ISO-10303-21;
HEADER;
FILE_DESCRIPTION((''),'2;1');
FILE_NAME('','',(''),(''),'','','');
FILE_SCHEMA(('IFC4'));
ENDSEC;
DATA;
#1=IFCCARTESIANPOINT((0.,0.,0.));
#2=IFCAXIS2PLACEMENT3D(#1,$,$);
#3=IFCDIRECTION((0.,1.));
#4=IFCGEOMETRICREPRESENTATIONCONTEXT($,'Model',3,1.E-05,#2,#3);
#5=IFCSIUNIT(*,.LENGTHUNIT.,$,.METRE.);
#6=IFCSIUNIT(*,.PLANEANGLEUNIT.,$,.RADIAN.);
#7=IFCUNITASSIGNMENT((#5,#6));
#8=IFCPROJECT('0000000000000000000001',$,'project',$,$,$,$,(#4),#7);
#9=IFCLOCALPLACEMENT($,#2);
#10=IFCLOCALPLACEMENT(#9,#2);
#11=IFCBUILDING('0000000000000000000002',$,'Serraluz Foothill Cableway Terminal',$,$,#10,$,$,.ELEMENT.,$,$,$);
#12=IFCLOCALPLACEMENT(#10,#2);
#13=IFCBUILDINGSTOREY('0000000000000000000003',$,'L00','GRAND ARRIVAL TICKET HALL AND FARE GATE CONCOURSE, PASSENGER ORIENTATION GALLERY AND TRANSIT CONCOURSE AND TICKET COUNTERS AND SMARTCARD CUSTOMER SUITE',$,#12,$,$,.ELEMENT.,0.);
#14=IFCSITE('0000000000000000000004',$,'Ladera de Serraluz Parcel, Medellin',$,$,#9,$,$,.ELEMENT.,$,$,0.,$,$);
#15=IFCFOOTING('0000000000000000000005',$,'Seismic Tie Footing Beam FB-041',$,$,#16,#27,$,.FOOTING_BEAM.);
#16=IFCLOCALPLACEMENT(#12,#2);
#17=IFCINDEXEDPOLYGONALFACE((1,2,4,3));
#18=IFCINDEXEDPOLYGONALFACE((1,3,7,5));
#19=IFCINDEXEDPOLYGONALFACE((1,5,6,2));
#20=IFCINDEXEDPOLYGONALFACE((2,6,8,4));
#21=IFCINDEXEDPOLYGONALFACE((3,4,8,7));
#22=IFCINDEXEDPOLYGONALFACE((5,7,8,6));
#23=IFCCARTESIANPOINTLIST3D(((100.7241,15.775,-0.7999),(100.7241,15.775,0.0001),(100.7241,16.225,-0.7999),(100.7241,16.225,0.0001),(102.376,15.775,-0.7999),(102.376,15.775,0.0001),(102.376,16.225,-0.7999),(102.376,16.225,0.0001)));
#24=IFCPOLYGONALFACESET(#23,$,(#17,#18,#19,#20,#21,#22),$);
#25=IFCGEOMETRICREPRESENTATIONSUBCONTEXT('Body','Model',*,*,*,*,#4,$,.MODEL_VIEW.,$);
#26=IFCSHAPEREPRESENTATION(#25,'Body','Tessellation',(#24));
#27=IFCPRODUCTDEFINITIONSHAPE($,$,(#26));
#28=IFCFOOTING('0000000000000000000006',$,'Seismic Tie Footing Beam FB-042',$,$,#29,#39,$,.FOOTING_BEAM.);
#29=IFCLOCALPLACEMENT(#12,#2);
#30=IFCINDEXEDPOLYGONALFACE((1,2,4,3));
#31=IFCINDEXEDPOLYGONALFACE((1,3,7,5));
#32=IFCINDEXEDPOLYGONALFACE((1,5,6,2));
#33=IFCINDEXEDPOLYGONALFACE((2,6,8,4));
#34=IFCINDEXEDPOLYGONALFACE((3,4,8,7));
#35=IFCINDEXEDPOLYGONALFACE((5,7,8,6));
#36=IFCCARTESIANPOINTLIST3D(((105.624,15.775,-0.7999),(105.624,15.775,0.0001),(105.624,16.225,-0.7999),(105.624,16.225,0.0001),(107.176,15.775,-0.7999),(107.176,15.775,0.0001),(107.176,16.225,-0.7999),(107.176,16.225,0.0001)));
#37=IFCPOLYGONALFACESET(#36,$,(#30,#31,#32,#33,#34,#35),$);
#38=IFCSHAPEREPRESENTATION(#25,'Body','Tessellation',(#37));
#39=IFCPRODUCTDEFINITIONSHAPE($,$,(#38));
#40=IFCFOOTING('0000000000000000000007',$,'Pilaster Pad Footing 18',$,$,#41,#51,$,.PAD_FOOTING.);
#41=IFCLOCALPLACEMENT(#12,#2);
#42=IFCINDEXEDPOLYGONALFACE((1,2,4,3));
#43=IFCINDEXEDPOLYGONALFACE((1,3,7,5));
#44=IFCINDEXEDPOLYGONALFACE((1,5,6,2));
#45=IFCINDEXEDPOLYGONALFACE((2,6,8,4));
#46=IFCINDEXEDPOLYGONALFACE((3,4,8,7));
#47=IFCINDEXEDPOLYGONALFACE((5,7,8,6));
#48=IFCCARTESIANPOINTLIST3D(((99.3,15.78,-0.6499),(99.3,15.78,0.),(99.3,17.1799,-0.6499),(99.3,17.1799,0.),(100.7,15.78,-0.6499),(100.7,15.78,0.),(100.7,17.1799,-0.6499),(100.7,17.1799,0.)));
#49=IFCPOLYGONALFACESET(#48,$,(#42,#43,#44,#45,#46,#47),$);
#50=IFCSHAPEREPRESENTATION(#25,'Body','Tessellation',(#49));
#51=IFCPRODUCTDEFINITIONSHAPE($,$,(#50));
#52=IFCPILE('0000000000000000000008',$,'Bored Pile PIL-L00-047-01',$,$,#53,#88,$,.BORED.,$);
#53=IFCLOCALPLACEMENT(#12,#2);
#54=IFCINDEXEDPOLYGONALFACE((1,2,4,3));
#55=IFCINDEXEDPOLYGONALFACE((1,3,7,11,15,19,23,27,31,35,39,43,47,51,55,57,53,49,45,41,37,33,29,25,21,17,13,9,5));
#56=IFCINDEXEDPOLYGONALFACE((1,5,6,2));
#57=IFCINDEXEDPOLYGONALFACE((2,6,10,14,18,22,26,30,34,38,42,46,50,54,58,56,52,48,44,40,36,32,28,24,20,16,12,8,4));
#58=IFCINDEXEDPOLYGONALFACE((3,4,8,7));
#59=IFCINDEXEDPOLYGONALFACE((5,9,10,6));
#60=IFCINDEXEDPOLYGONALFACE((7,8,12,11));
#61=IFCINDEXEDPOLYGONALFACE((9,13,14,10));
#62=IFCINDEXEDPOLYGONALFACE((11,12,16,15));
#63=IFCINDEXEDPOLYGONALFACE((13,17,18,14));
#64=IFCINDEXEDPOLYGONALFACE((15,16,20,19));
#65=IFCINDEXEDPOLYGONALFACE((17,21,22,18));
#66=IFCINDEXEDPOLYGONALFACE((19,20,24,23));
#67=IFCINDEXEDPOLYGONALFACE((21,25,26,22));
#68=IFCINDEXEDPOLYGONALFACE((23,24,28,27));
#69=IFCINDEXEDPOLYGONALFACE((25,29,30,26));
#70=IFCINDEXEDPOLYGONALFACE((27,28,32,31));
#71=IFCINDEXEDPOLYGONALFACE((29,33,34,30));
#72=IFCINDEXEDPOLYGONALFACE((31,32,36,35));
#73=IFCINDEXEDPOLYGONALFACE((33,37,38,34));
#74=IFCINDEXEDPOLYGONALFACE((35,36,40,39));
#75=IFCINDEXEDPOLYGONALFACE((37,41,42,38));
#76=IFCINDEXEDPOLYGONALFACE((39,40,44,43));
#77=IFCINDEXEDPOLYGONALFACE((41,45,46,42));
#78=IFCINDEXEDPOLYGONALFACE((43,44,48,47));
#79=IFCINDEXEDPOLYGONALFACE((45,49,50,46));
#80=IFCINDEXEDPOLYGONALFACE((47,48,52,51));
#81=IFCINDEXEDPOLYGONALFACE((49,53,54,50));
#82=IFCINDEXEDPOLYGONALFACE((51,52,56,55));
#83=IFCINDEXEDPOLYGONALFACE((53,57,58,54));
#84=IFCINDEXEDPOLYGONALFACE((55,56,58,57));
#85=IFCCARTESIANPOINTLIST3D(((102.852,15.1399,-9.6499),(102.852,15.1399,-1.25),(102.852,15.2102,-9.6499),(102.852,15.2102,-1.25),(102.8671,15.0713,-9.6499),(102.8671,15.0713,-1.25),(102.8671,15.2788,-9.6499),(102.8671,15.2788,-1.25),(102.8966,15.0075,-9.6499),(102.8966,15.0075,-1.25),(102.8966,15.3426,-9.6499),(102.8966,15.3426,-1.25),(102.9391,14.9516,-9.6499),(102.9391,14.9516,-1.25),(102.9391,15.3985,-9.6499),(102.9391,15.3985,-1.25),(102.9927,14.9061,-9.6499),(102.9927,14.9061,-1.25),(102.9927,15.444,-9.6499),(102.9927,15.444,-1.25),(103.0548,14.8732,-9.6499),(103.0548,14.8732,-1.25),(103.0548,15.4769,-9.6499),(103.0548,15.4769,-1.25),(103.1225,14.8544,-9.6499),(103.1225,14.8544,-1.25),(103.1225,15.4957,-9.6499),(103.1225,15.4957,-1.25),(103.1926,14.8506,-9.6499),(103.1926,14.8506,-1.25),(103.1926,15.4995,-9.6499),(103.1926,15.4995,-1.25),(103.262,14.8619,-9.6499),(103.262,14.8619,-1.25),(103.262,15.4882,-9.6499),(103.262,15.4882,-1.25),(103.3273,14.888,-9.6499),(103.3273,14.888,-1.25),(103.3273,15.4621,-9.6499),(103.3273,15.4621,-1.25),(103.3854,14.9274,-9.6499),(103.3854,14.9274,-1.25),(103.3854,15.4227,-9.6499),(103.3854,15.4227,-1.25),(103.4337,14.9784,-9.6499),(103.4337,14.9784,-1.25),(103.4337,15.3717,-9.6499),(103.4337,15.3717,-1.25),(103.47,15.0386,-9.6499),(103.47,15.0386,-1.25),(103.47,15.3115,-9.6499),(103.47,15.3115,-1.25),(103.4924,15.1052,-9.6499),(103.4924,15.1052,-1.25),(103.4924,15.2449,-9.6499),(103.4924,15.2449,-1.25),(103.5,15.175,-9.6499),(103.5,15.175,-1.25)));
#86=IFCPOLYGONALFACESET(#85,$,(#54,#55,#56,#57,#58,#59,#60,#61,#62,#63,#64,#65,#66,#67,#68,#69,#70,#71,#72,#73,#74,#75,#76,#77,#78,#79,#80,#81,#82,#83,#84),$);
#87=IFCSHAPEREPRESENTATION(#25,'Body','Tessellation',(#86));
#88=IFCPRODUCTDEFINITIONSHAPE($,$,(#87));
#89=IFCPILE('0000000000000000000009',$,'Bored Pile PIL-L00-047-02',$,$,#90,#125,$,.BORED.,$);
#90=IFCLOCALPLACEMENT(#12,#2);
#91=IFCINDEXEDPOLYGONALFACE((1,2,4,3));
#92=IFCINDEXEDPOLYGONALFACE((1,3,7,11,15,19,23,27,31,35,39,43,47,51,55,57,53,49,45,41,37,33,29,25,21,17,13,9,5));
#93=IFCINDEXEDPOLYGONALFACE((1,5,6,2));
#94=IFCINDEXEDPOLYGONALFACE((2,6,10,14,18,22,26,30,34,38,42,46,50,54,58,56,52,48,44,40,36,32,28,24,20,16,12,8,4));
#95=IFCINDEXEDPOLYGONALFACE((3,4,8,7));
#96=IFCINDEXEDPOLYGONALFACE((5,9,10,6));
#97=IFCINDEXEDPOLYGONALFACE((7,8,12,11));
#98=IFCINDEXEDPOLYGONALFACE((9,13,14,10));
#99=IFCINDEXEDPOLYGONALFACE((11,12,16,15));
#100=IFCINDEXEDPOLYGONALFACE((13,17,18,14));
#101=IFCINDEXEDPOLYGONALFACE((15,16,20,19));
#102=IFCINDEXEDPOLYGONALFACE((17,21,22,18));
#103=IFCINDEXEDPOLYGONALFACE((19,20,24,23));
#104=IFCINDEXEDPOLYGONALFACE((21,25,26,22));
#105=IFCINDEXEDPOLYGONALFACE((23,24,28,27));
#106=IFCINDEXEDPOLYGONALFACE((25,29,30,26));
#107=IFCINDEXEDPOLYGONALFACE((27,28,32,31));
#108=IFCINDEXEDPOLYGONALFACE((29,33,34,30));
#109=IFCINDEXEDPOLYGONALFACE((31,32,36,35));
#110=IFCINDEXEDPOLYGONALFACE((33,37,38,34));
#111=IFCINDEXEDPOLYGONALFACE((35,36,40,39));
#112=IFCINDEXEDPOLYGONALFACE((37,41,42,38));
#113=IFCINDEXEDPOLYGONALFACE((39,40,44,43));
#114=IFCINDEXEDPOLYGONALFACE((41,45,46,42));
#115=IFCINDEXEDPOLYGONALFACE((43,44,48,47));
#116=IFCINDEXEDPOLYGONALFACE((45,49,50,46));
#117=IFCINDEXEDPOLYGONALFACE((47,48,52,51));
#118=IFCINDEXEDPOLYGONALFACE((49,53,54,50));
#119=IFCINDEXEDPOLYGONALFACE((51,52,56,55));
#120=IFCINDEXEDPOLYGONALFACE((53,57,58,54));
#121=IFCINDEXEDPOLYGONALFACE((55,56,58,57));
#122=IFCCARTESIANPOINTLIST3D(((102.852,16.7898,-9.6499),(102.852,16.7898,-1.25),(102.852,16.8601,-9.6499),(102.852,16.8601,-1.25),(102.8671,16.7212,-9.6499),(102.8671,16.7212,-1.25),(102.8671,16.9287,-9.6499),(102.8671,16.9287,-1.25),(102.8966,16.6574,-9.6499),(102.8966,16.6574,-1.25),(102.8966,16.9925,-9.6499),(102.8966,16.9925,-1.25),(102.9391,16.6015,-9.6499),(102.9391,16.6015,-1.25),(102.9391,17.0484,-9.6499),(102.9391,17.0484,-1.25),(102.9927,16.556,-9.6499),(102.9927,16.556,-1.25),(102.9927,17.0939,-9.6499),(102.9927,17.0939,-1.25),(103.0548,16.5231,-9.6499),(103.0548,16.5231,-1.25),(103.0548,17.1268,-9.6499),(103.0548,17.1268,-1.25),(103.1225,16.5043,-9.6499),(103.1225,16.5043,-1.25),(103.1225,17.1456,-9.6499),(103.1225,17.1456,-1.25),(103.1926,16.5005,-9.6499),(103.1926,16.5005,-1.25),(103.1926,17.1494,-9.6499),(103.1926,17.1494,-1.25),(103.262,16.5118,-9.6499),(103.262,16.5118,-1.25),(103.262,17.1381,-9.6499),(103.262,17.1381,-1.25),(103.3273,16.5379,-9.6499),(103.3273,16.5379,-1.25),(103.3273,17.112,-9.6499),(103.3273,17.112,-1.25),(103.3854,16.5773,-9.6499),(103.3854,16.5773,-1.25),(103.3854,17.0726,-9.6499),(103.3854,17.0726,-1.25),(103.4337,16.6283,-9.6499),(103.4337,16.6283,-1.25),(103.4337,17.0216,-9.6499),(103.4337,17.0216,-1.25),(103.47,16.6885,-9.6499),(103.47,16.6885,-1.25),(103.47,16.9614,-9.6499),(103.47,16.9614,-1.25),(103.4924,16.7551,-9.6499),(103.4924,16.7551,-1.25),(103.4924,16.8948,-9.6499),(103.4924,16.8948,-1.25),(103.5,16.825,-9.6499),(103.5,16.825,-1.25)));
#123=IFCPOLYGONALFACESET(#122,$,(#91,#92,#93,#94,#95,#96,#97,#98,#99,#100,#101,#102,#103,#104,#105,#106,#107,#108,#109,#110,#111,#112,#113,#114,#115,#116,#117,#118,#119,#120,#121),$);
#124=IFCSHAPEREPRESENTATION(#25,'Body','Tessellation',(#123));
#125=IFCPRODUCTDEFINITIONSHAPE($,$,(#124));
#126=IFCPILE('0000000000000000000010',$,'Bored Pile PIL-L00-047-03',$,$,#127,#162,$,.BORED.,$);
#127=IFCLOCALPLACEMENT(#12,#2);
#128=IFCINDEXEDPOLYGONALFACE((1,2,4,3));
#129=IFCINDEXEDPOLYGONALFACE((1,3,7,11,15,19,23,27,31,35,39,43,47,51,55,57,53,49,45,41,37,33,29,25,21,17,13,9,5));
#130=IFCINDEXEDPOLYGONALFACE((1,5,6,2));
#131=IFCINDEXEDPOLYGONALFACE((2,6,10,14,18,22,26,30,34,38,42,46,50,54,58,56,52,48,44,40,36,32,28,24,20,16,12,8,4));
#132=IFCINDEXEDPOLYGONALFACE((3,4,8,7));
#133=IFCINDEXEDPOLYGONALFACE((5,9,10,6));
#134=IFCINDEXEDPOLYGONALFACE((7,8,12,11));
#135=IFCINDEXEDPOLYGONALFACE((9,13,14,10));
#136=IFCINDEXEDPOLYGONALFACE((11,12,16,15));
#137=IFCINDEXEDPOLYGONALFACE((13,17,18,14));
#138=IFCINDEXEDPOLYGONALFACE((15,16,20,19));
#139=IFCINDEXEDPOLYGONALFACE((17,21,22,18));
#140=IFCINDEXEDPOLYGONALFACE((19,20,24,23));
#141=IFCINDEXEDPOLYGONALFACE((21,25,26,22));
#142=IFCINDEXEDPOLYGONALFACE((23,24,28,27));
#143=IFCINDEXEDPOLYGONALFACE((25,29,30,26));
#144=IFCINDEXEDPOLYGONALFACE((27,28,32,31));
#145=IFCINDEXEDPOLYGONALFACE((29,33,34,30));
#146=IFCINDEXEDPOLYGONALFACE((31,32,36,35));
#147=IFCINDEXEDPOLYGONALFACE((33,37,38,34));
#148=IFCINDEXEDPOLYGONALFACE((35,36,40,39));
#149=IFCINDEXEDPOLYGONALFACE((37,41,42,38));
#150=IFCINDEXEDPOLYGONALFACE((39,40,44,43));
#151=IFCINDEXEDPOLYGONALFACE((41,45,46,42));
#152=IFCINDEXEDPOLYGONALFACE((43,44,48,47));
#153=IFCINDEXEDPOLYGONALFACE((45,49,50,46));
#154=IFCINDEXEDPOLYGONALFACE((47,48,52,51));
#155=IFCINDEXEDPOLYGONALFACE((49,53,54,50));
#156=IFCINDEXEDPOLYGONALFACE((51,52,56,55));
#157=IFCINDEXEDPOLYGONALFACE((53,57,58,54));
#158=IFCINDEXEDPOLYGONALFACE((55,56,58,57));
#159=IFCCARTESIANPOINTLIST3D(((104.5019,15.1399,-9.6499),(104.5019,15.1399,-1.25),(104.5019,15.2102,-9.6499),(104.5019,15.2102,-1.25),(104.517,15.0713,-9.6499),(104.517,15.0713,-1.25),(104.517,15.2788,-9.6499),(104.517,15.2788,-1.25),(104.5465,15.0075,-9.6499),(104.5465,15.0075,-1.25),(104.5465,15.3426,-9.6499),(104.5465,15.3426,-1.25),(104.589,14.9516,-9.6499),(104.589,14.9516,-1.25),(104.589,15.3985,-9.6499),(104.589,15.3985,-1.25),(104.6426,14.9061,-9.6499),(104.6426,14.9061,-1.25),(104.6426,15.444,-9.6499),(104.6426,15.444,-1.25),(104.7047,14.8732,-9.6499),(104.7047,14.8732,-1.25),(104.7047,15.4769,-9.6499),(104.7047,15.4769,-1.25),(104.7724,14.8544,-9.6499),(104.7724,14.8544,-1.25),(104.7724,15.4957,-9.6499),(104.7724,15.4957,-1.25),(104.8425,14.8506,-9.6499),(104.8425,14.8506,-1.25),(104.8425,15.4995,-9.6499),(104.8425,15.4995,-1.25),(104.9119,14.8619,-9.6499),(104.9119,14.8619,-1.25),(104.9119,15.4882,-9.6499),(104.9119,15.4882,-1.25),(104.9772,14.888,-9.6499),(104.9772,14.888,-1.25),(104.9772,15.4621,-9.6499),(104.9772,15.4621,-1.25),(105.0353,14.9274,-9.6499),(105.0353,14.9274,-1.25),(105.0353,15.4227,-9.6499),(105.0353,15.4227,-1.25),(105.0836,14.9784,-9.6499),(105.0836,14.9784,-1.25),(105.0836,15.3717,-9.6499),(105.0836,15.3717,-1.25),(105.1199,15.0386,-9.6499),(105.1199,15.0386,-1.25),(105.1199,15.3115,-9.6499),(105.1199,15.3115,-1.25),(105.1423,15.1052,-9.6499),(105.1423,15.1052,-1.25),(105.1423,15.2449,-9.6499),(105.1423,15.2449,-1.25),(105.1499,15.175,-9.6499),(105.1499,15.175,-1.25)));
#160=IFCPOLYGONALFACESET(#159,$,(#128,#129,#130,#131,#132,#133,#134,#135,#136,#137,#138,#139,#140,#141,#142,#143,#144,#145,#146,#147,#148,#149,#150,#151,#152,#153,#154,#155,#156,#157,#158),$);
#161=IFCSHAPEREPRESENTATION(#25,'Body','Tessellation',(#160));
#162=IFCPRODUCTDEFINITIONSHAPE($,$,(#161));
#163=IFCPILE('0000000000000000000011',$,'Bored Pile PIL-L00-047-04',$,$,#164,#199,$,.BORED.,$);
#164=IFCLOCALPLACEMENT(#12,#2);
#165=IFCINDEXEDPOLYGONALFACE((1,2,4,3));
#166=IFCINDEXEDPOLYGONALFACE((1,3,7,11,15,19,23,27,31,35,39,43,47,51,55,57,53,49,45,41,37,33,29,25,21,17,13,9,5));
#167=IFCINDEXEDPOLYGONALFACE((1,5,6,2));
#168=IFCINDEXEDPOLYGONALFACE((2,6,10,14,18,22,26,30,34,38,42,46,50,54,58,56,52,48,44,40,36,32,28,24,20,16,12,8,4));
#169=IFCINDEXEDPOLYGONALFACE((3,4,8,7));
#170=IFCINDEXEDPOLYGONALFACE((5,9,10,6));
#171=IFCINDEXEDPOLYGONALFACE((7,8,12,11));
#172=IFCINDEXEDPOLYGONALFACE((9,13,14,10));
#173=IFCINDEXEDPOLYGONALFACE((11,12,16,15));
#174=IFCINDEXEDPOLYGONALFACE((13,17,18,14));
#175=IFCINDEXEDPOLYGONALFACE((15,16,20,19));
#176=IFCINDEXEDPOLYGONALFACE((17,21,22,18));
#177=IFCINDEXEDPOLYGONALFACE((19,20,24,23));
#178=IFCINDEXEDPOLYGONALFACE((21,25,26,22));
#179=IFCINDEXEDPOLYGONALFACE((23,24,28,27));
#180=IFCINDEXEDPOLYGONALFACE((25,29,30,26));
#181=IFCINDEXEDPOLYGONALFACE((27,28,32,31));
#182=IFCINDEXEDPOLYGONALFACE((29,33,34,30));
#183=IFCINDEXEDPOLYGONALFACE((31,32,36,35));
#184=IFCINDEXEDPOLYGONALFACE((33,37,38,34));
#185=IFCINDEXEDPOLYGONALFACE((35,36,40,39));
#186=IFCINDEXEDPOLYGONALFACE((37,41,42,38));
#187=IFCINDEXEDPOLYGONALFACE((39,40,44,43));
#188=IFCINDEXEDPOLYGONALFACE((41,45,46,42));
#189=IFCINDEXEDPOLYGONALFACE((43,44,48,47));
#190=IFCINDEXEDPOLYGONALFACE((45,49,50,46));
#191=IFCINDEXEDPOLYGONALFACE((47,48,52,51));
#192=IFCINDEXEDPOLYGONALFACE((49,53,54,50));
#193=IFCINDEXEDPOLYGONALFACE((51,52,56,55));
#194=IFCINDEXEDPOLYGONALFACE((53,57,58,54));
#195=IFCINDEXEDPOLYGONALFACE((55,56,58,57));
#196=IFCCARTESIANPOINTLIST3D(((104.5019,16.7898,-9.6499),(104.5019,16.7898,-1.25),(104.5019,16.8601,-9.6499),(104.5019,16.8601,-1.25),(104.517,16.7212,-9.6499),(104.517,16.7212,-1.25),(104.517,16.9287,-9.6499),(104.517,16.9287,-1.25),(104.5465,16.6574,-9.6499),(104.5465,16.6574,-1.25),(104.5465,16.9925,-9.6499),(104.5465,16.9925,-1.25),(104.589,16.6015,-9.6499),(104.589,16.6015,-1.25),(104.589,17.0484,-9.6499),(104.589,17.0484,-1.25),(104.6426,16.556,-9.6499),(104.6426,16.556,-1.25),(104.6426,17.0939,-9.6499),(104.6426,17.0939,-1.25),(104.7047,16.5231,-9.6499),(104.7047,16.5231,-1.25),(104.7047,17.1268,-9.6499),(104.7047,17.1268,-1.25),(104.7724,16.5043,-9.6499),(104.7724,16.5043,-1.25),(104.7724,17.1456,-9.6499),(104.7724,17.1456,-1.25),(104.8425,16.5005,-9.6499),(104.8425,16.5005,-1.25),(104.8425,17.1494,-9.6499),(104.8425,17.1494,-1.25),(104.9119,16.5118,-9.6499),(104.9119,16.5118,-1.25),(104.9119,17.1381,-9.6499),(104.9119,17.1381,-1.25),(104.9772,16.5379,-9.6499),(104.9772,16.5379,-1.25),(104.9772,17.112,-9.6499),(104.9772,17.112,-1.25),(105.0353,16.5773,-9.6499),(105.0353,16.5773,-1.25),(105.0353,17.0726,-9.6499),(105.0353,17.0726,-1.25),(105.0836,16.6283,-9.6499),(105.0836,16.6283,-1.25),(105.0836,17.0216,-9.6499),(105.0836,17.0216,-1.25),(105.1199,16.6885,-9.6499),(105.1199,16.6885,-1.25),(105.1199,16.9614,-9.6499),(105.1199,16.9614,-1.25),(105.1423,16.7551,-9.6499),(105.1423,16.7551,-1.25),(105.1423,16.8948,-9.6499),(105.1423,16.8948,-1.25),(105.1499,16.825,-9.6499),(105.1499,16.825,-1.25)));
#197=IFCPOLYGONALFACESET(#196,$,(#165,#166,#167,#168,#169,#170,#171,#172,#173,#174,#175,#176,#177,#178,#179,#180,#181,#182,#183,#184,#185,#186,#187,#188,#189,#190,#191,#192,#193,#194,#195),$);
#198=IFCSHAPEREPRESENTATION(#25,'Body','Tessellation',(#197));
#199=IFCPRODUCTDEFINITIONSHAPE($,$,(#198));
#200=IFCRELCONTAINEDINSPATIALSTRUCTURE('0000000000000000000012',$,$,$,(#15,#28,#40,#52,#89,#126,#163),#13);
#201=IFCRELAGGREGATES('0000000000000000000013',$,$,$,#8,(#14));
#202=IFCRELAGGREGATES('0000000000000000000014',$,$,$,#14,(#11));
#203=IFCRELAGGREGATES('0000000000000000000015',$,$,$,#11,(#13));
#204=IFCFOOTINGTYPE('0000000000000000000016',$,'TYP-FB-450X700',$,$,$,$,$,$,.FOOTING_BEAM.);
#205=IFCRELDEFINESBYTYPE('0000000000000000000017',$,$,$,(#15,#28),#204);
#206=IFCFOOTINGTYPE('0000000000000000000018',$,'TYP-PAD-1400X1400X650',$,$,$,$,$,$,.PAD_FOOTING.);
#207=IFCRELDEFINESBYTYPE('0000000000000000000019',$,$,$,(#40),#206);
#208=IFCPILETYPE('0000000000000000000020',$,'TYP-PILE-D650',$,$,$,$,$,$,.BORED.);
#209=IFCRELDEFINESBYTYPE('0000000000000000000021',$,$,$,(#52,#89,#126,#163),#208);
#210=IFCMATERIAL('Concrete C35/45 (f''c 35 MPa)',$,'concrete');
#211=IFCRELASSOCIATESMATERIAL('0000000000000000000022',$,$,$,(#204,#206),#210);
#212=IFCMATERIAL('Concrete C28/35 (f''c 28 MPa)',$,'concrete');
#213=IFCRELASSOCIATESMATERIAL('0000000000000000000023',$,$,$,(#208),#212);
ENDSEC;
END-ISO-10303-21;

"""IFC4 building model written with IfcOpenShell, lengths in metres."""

from ifc_helpers import new_model, si_unit, direction, frame, origin, origin_2d, place, context, subcontext, project, spatial, rectangle, circle, extrude, material, material_profile, profile_set, type_object, element, save


model = new_model("IFC4")

# Units and contexts
model_context = context("Model", 3, precision=1e-05, world=origin(), true_north=direction((0.0, 1.0)))
body_context = subcontext(model_context, "Body", "Model", "MODEL_VIEW")
ifc_project = project(units=[si_unit("LENGTHUNIT", "METRE"), si_unit("PLANEANGLEUNIT", "RADIAN")], contexts=[model_context])

# Site, building, storey
site_placement = place(None, origin())
site = spatial("IfcSite", under=ifc_project, at=site_placement, Name="Ladera de Serraluz Parcel, Medellin", CompositionType="ELEMENT", RefElevation=0.0)
building_placement = place(site_placement, origin())
building = spatial("IfcBuilding", under=site, at=building_placement, Name="Serraluz Foothill Cableway Terminal", CompositionType="ELEMENT")
storey_placement = place(building_placement, origin())
storey = spatial("IfcBuildingStorey", under=building, at=storey_placement, Name="L00", Description="GRAND ARRIVAL TICKET HALL AND FARE GATE CONCOURSE, PASSENGER ORIENTATION GALLERY AND TRANSIT CONCOURSE AND TICKET COUNTERS AND SMARTCARD CUSTOMER SUITE", CompositionType="ELEMENT", Elevation=0.0)

# Footings
ifc_material_1 = material(Name="Concrete C35/45 (f'c 35 MPa)", Category="concrete")
ifc_material_profile_1 = material_profile(ifc_material_1, rectangle(XDim=0.45, YDim=0.8, at=origin_2d()), Name="RC 450x800")
ifc_profile_set_1 = profile_set([ifc_material_profile_1], Name="Concrete C35/45 (f'c 35 MPa)")
footing_type_1 = type_object("IfcFootingType", Name="TYP-FB-450X700", PredefinedType="FOOTING_BEAM", material=ifc_profile_set_1)
footing_1_placement = place(storey_placement, frame((100.7241, 16.0, -0.3999), z_axis=(1.0, 0.0, 0.0), x_axis=(0.0, 1.0, 0.0)))
element("IfcFooting", 1, at=footing_1_placement, inside=storey, type_object=footing_type_1, Name="Seismic Tie Footing Beam FB-041", PredefinedType="FOOTING_BEAM", context=body_context, shape_type="SweptSolid", body=[
    extrude(rectangle(XDim=0.45, YDim=0.8, at=origin_2d()), origin(), (0.0, 0.0, 1.0), 1.6519),
])
footing_2_placement = place(storey_placement, frame((105.624, 16.0, -0.3999), z_axis=(1.0, 0.0, 0.0), x_axis=(0.0, 1.0, 0.0)))
element("IfcFooting", 2, at=footing_2_placement, inside=storey, type_object=footing_type_1, Name="Seismic Tie Footing Beam FB-042", PredefinedType="FOOTING_BEAM", context=body_context, shape_type="SweptSolid", body=[
    extrude(rectangle(XDim=0.45, YDim=0.8, at=origin_2d()), origin(), (0.0, 0.0, 1.0), 1.552),
])
footing_type_2 = type_object("IfcFootingType", Name="TYP-PAD-1400X1400X650", PredefinedType="PAD_FOOTING", material=ifc_material_1)
footing_3_placement = place(storey_placement, frame((100.0, 16.48, -0.6499), z_axis=(0.0, 0.0, 1.0), x_axis=(1.0, 0.0, 0.0)))
element("IfcFooting", 3, at=footing_3_placement, inside=storey, type_object=footing_type_2, Name="Pilaster Pad Footing 18", PredefinedType="PAD_FOOTING", context=body_context, shape_type="SweptSolid", body=[
    extrude(rectangle(XDim=1.3999, YDim=1.3999, at=origin_2d()), origin(), (0.0, 0.0, 1.0), 0.6499),
])

# Piles
ifc_material_2 = material(Name="Concrete C28/35 (f'c 28 MPa)", Category="concrete")
ifc_material_profile_2 = material_profile(ifc_material_2, circle(Radius=0.325, at=origin_2d()), Name="BORED PILE D650")
ifc_profile_set_2 = profile_set([ifc_material_profile_2], Name="Concrete C28/35 (f'c 28 MPa)")
pile_type = type_object("IfcPileType", Name="TYP-PILE-D650", PredefinedType="BORED", material=ifc_profile_set_2)
for number, where, z_axis, x_axis, name in (
    (4, (103.175, 15.175, -1.25), (0.0, 0.0, -1.0), (1.0, 0.0, 0.0), "Bored Pile PIL-L00-047-01"),
    (5, (103.175, 16.825, -1.25), (0.0, 0.0, -1.0), (1.0, 0.0, 0.0), "Bored Pile PIL-L00-047-02"),
    (6, (104.825, 15.175, -1.25), (0.0, 0.0, -1.0), (1.0, 0.0, 0.0), "Bored Pile PIL-L00-047-03"),
    (7, (104.825, 16.825, -1.25), (0.0, 0.0, -1.0), (1.0, 0.0, 0.0), "Bored Pile PIL-L00-047-04"),
):
    element("IfcPile", number, at=place(storey_placement, frame(where, z_axis=z_axis, x_axis=x_axis)), inside=storey, type_object=pile_type, Name=name, PredefinedType="BORED", context=body_context, shape_type="SweptSolid", body=[
        extrude(circle(Radius=0.325, at=origin_2d()), origin(), (0.0, 0.0, 1.0), 8.3999),
    ])

save(model, "model.ifc")
